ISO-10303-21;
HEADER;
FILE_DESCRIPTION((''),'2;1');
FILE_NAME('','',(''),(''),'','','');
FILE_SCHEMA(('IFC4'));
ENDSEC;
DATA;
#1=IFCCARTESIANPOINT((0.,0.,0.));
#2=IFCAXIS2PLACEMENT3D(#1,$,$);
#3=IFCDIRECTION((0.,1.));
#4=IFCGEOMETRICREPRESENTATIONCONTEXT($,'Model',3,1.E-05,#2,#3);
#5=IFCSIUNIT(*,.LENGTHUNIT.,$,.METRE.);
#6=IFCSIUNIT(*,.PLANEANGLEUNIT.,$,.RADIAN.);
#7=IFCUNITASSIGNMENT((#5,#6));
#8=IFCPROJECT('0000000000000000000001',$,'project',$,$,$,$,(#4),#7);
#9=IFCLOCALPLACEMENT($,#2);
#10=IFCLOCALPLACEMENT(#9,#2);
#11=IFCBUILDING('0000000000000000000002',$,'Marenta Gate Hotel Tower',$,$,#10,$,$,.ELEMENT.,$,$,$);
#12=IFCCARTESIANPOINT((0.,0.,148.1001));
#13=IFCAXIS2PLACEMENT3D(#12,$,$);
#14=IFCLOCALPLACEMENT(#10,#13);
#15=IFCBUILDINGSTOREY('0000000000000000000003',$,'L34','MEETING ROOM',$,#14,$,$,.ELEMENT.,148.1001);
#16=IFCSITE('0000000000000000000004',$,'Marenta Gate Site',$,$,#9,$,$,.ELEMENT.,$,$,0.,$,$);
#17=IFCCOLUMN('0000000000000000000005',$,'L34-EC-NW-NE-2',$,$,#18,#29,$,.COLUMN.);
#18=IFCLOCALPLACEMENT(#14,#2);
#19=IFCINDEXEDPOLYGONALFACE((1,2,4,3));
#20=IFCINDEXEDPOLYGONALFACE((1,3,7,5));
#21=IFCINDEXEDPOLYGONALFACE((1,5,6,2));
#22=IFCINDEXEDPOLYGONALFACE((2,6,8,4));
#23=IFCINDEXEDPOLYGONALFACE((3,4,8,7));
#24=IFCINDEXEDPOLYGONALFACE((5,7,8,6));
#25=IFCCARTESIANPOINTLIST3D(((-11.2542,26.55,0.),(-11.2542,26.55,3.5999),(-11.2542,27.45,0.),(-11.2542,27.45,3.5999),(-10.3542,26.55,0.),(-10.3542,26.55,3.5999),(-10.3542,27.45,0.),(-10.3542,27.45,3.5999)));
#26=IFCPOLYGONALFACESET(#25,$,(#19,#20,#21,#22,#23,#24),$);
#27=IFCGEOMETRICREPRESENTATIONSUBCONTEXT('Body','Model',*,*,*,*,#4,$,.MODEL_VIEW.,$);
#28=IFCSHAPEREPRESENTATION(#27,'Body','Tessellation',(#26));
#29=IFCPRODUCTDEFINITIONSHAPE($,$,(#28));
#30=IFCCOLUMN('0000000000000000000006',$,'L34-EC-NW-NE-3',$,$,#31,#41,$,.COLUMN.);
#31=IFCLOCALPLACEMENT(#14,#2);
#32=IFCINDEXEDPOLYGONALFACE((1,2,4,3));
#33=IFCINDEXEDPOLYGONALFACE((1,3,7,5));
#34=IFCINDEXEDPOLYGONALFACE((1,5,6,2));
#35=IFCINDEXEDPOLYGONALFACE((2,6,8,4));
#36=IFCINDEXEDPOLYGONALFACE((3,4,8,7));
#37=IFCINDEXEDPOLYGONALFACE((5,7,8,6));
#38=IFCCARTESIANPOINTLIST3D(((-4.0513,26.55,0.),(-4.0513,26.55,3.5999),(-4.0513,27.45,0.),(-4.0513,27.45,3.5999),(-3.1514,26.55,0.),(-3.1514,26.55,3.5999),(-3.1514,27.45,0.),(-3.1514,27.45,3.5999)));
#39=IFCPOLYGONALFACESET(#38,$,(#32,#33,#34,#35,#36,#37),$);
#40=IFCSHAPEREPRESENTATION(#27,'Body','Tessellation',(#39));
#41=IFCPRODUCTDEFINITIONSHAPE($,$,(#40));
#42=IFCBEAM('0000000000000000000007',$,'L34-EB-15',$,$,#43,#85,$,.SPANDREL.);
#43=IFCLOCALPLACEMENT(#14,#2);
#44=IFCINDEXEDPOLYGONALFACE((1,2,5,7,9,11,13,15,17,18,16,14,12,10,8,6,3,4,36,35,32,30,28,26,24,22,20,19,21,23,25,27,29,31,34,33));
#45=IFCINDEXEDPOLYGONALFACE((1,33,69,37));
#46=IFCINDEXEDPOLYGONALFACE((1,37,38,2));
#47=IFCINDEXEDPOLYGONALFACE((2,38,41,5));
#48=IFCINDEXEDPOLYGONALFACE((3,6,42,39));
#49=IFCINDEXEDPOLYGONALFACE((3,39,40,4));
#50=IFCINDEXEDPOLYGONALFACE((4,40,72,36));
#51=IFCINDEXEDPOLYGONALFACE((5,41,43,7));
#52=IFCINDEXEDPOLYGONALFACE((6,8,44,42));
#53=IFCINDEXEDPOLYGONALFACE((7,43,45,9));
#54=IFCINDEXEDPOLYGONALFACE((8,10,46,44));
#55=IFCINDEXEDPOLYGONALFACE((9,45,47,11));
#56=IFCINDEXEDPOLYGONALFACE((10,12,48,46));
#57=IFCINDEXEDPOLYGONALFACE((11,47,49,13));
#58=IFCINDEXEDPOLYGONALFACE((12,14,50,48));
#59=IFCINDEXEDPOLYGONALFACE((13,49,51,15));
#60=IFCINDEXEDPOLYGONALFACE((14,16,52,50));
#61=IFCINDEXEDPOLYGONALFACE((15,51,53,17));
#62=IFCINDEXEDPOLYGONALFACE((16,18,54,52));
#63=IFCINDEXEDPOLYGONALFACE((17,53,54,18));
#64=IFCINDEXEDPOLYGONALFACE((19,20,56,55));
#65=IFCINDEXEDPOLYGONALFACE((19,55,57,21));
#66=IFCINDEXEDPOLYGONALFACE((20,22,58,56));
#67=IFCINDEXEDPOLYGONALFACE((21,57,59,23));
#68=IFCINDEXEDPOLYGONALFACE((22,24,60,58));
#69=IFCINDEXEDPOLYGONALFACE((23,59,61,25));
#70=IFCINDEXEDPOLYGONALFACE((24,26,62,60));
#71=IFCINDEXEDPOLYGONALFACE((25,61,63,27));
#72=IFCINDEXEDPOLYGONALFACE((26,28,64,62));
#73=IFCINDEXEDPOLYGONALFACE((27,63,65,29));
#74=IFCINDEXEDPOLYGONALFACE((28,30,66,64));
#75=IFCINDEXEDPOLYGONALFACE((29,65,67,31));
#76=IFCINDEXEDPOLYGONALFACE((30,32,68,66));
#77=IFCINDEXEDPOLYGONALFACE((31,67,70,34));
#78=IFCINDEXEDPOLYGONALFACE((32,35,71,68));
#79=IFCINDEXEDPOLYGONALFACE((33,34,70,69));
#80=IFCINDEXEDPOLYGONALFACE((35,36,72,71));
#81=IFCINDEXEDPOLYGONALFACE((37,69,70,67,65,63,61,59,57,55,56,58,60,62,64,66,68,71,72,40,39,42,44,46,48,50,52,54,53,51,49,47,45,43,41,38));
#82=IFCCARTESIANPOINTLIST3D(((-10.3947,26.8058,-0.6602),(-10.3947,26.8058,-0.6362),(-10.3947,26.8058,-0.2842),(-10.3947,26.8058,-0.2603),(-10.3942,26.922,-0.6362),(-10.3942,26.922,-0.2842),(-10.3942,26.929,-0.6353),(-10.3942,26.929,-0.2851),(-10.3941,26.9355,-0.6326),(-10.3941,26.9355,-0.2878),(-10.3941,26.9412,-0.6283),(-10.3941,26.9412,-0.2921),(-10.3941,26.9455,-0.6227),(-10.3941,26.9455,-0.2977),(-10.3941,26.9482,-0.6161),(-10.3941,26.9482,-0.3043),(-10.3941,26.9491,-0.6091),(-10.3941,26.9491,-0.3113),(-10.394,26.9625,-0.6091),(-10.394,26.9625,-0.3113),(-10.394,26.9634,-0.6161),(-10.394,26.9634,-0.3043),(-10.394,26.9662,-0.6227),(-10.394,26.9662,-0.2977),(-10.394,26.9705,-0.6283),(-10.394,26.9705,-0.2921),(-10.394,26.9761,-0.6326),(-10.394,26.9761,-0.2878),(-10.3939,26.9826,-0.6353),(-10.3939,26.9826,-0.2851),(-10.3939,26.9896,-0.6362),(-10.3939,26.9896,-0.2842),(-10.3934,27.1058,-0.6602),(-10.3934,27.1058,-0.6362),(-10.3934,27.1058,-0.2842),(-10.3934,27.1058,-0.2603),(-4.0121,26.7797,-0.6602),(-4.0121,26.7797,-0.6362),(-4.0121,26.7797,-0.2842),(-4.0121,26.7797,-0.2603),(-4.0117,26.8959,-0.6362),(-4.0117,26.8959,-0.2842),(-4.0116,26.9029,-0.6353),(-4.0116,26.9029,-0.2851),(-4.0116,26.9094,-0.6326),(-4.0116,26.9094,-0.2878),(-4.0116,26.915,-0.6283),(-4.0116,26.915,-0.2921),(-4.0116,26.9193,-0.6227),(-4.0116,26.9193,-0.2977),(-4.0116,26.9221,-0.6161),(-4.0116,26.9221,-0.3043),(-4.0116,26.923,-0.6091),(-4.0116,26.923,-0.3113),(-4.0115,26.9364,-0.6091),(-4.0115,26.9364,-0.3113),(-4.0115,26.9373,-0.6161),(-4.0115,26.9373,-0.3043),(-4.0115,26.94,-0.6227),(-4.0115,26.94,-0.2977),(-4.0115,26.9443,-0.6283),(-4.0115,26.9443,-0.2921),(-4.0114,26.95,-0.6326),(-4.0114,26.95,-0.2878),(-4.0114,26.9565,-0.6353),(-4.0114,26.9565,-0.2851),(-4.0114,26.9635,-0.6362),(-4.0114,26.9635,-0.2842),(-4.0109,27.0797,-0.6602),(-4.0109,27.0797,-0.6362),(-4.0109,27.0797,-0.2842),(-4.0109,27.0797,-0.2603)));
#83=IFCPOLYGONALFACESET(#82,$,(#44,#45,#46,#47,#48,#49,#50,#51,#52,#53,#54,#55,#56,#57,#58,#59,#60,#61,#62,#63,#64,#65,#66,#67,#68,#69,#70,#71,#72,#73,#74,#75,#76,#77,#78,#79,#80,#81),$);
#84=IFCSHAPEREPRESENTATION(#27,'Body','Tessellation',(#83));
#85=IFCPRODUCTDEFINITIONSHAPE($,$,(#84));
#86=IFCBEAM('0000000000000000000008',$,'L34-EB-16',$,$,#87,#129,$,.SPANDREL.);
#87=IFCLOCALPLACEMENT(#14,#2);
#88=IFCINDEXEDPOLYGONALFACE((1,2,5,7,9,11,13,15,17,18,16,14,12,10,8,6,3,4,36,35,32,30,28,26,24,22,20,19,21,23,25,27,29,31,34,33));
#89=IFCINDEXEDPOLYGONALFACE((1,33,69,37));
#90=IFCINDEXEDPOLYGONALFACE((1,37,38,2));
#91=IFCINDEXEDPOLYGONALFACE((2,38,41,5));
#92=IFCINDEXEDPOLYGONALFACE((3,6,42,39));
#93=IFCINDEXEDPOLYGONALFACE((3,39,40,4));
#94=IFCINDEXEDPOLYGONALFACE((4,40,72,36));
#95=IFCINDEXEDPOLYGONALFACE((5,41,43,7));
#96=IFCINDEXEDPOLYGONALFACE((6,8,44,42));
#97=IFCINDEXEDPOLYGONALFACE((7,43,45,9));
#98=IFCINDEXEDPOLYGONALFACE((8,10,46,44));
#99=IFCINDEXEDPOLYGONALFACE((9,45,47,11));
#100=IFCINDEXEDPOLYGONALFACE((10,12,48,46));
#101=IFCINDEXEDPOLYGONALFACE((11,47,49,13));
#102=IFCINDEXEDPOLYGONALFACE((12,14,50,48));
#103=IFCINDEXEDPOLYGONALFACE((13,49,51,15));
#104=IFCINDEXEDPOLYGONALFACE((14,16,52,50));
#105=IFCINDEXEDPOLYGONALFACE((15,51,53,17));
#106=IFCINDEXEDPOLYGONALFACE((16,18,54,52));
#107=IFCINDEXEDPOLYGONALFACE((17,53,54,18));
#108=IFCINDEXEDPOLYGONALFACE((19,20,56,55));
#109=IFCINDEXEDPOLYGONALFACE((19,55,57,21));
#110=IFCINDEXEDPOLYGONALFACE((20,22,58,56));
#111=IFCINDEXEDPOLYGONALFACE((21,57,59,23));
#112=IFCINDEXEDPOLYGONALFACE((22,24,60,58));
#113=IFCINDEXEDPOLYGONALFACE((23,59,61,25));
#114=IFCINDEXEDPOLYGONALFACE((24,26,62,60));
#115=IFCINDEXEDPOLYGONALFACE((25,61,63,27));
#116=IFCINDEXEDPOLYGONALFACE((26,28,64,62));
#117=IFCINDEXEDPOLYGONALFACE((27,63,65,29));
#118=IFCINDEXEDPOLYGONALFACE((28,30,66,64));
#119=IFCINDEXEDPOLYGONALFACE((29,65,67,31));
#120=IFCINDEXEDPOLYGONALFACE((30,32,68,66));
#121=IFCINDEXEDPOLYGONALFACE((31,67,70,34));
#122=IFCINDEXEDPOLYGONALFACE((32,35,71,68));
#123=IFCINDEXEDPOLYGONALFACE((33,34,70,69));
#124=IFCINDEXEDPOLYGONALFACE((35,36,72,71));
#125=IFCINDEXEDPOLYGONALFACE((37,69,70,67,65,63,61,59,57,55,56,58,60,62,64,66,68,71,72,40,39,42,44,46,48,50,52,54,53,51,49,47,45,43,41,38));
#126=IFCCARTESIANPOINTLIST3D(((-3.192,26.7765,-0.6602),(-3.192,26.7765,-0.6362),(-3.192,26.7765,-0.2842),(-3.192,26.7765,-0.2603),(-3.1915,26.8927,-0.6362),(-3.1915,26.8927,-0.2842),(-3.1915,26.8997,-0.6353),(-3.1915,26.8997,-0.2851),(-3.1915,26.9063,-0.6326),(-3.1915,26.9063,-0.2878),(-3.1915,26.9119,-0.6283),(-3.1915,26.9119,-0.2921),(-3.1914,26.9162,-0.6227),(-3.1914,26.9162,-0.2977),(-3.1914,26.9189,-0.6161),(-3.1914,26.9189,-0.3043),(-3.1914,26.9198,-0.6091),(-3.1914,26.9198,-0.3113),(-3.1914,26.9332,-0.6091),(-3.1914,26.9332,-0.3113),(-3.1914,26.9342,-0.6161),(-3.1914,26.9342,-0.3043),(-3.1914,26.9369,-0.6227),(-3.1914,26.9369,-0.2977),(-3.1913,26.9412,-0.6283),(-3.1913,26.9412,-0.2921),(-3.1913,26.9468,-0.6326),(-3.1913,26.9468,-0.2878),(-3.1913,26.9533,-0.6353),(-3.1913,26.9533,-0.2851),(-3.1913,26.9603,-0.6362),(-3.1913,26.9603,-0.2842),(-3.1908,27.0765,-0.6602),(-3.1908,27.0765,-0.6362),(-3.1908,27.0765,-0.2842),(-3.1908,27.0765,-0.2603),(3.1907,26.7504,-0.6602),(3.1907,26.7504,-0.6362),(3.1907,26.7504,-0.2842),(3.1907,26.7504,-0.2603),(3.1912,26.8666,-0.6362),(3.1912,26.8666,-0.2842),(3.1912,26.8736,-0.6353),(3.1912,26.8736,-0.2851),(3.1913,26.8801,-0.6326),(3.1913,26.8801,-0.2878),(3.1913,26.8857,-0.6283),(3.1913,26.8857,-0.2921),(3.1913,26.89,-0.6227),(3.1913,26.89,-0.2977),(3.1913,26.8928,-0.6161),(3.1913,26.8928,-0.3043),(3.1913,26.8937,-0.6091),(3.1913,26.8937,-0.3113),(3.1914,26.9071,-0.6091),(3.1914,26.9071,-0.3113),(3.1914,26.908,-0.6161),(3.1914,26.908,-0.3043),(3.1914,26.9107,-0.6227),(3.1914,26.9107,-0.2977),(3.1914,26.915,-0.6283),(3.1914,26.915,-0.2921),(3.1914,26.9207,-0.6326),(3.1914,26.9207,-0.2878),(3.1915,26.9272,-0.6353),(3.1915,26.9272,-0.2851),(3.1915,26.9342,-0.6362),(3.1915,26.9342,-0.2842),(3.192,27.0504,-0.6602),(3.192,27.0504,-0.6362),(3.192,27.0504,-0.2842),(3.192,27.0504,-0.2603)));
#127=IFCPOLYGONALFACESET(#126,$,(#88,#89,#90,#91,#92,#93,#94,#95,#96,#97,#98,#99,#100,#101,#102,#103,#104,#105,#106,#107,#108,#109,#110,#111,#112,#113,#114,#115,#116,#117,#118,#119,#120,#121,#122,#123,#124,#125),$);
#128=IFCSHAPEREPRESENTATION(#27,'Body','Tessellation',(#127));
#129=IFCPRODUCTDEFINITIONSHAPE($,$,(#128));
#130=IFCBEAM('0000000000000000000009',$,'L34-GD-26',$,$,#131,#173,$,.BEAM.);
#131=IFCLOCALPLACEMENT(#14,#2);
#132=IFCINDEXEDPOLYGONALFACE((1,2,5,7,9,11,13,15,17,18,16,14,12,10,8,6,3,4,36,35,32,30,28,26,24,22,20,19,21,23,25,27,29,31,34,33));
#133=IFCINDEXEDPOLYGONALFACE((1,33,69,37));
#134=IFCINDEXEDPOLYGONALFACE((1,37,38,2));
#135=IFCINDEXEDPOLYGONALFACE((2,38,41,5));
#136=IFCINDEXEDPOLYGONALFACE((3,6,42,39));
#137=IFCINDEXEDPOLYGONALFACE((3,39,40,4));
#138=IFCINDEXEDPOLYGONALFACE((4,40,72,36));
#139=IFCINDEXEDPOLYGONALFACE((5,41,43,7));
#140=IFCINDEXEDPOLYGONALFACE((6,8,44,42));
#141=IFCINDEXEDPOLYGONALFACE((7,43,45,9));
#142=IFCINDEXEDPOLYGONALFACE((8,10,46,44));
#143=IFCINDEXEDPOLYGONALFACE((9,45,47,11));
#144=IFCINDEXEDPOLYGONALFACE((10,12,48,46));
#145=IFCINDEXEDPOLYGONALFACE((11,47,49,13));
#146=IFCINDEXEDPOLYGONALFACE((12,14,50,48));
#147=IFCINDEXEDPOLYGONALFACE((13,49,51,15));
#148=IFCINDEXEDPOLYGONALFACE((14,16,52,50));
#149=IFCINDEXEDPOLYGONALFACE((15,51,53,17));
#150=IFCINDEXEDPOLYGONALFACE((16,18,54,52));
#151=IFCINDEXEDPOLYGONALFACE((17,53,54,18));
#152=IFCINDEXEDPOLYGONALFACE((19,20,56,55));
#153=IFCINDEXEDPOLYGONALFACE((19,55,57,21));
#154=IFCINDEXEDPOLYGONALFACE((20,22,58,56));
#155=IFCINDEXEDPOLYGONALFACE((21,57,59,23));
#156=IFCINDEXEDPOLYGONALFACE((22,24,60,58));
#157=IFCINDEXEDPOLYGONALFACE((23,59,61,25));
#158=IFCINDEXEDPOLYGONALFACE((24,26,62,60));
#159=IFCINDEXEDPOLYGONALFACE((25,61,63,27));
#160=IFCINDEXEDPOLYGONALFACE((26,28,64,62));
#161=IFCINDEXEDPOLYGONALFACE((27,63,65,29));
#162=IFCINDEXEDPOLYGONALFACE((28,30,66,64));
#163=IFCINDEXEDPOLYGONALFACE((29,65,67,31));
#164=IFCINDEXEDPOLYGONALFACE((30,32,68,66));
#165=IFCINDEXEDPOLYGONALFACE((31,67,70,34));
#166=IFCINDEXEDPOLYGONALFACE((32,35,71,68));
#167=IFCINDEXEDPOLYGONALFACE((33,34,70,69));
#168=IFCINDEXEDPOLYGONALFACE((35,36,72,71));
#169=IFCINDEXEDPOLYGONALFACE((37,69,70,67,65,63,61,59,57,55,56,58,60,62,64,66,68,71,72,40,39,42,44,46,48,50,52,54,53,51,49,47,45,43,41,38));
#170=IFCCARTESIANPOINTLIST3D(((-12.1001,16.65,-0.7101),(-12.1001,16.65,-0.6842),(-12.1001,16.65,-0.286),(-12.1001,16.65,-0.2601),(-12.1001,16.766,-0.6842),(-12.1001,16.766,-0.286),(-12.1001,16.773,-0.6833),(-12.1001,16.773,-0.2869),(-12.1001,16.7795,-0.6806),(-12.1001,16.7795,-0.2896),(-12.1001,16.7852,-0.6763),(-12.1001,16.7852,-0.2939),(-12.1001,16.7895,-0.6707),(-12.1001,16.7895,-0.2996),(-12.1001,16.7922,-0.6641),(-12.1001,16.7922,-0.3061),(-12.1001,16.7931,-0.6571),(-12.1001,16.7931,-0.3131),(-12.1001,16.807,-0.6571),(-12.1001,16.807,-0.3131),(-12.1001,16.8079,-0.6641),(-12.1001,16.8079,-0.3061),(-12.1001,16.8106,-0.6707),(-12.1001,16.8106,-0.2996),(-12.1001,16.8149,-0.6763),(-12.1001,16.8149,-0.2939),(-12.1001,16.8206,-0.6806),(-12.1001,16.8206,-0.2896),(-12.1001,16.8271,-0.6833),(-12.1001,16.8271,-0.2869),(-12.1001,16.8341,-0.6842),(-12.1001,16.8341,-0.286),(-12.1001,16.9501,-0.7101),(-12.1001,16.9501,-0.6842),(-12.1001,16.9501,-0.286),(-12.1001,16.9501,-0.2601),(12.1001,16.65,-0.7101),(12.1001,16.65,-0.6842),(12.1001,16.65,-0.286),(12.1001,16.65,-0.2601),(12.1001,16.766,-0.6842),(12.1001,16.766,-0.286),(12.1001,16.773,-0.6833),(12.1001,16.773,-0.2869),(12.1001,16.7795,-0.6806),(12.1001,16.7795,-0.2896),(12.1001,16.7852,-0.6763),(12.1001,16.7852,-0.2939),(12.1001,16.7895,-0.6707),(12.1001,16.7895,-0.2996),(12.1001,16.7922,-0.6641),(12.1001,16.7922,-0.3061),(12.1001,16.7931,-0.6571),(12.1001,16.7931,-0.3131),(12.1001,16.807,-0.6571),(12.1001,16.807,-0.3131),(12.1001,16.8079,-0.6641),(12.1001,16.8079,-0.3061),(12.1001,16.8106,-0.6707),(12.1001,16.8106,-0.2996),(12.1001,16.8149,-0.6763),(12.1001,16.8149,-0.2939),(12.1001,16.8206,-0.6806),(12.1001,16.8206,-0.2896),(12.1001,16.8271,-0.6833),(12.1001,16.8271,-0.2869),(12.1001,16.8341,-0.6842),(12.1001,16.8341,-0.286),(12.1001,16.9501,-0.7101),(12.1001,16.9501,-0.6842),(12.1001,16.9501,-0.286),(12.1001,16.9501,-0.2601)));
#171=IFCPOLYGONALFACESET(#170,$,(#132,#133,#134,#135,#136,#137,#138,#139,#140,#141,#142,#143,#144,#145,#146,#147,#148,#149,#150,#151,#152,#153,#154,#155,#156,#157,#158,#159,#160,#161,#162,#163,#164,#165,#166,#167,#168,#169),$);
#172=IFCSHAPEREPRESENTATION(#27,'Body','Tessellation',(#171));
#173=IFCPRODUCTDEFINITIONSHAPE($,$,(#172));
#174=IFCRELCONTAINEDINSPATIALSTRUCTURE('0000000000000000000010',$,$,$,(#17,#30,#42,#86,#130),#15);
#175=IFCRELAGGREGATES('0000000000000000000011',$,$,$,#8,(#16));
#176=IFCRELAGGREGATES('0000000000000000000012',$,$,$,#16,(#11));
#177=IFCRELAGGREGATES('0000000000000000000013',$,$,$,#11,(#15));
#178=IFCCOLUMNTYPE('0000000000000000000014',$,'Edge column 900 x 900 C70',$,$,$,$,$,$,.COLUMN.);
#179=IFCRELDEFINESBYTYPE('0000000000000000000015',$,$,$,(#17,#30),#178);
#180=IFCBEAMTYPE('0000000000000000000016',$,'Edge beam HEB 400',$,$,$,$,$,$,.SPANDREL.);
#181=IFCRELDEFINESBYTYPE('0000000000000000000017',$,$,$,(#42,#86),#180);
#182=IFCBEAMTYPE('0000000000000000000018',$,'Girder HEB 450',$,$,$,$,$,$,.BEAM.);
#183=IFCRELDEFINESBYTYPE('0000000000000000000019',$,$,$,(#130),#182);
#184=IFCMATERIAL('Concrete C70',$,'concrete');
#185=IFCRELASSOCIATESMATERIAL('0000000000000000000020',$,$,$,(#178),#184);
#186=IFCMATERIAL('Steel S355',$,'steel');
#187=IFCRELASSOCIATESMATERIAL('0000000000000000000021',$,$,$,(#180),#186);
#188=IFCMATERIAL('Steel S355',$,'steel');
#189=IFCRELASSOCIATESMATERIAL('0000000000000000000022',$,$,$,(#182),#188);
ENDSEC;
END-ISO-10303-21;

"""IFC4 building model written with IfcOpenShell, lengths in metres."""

from ifc_helpers import new_model, si_unit, direction, frame, origin, origin_2d, place, context, subcontext, project, spatial, rectangle, i_section, extrude, material, material_profile, profile_set, type_object, element, save


model = new_model("IFC4")

# Units and contexts
model_context = context("Model", 3, precision=1e-05, world=origin(), true_north=direction((0.0, 1.0)))
body_context = subcontext(model_context, "Body", "Model", "MODEL_VIEW")
ifc_project = project(units=[si_unit("LENGTHUNIT", "METRE"), si_unit("PLANEANGLEUNIT", "RADIAN")], contexts=[model_context])

# Site, building, storey
site_placement = place(None, origin())
site = spatial("IfcSite", under=ifc_project, at=site_placement, Name="Marenta Gate Site", CompositionType="ELEMENT", RefElevation=0.0)
building_placement = place(site_placement, origin())
building = spatial("IfcBuilding", under=site, at=building_placement, Name="Marenta Gate Hotel Tower", CompositionType="ELEMENT")
storey_placement = place(building_placement, frame((0.0, 0.0, 148.1001)))
storey = spatial("IfcBuildingStorey", under=building, at=storey_placement, Name="L34", Description="MEETING ROOM", CompositionType="ELEMENT", Elevation=148.1001)

# Columns
ifc_material_1 = material(Name="Concrete C70", Category="concrete")
ifc_material_profile_1 = material_profile(ifc_material_1, rectangle(XDim=0.8999, YDim=0.8999, at=origin_2d()), Name="900 x 900")
ifc_profile_set_1 = profile_set([ifc_material_profile_1], Name="Concrete C70")
column_type = type_object("IfcColumnType", Name="Edge column 900 x 900 C70", PredefinedType="COLUMN", material=ifc_profile_set_1)
for number, where, z_axis, x_axis, name in (
    (1, (-10.8042, 27.0, 0.0), (0.0, 0.0, 1.0), (1.0, 0.0, 0.0), "L34-EC-NW-NE-2"),
    (2, (-3.6013, 27.0, 0.0), (0.0, 0.0, 1.0), (1.0, 0.0, 0.0), "L34-EC-NW-NE-3"),
):
    element("IfcColumn", number, at=place(storey_placement, frame(where, z_axis=z_axis, x_axis=x_axis)), inside=storey, type_object=column_type, Name=name, PredefinedType="COLUMN", context=body_context, shape_type="SweptSolid", body=[
        extrude(rectangle(XDim=0.8999, YDim=0.8999, at=origin_2d()), origin(), (0.0, 0.0, 1.0), 3.5999),
    ])

# Beams
ifc_material_2 = material(Name="Steel S355", Category="steel")
ifc_material_profile_2 = material_profile(ifc_material_2, i_section(OverallWidth=0.3, OverallDepth=0.3999, WebThickness=0.0134, FlangeThickness=0.0239, FilletRadius=0.0271, at=origin_2d()), Name="HEB 400")
ifc_profile_set_2 = profile_set([ifc_material_profile_2], Name="Steel S355")
beam_type_1 = type_object("IfcBeamType", Name="Edge beam HEB 400", PredefinedType="SPANDREL", material=ifc_profile_set_2)
beam_1_placement = place(storey_placement, frame((-10.394, 26.9558, -0.4602), z_axis=(0.999992, -0.004093, 0.0), x_axis=(0.004093, 0.999992, 0.0)))
element("IfcBeam", 3, at=beam_1_placement, inside=storey, type_object=beam_type_1, Name="L34-EB-15", PredefinedType="SPANDREL", context=body_context, shape_type="SweptSolid", body=[
    extrude(i_section(OverallWidth=0.3, OverallDepth=0.3999, WebThickness=0.0134, FlangeThickness=0.0239, FilletRadius=0.0271, at=origin_2d()), origin(), (0.0, 0.0, 1.0), 6.3826),
])
beam_2_placement = place(storey_placement, frame((-3.1914, 26.9265, -0.4602), z_axis=(0.999992, -0.004093, 0.0), x_axis=(0.004093, 0.999992, 0.0)))
element("IfcBeam", 4, at=beam_2_placement, inside=storey, type_object=beam_type_1, Name="L34-EB-16", PredefinedType="SPANDREL", context=body_context, shape_type="SweptSolid", body=[
    extrude(i_section(OverallWidth=0.3, OverallDepth=0.3999, WebThickness=0.0134, FlangeThickness=0.0239, FilletRadius=0.0271, at=origin_2d()), origin(), (0.0, 0.0, 1.0), 6.3828),
])
ifc_material_3 = material(Name="Steel S355", Category="steel")
ifc_material_profile_3 = material_profile(ifc_material_3, i_section(OverallWidth=0.3, OverallDepth=0.45, WebThickness=0.0139, FlangeThickness=0.0259, FilletRadius=0.0271, at=origin_2d()), Name="HEB 450")
ifc_profile_set_3 = profile_set([ifc_material_profile_3], Name="Steel S355")
beam_type_2 = type_object("IfcBeamType", Name="Girder HEB 450", PredefinedType="BEAM", material=ifc_profile_set_3)
beam_3_placement = place(storey_placement, frame((-12.1001, 16.8, -0.4851), z_axis=(1.0, 0.0, 0.0), x_axis=(0.0, 1.0, 0.0)))
element("IfcBeam", 5, at=beam_3_placement, inside=storey, type_object=beam_type_2, Name="L34-GD-26", PredefinedType="BEAM", context=body_context, shape_type="SweptSolid", body=[
    extrude(i_section(OverallWidth=0.3, OverallDepth=0.45, WebThickness=0.0139, FlangeThickness=0.0259, FilletRadius=0.0271, at=origin_2d()), origin(), (0.0, 0.0, 1.0), 24.2002),
])

save(model, "model.ifc")
